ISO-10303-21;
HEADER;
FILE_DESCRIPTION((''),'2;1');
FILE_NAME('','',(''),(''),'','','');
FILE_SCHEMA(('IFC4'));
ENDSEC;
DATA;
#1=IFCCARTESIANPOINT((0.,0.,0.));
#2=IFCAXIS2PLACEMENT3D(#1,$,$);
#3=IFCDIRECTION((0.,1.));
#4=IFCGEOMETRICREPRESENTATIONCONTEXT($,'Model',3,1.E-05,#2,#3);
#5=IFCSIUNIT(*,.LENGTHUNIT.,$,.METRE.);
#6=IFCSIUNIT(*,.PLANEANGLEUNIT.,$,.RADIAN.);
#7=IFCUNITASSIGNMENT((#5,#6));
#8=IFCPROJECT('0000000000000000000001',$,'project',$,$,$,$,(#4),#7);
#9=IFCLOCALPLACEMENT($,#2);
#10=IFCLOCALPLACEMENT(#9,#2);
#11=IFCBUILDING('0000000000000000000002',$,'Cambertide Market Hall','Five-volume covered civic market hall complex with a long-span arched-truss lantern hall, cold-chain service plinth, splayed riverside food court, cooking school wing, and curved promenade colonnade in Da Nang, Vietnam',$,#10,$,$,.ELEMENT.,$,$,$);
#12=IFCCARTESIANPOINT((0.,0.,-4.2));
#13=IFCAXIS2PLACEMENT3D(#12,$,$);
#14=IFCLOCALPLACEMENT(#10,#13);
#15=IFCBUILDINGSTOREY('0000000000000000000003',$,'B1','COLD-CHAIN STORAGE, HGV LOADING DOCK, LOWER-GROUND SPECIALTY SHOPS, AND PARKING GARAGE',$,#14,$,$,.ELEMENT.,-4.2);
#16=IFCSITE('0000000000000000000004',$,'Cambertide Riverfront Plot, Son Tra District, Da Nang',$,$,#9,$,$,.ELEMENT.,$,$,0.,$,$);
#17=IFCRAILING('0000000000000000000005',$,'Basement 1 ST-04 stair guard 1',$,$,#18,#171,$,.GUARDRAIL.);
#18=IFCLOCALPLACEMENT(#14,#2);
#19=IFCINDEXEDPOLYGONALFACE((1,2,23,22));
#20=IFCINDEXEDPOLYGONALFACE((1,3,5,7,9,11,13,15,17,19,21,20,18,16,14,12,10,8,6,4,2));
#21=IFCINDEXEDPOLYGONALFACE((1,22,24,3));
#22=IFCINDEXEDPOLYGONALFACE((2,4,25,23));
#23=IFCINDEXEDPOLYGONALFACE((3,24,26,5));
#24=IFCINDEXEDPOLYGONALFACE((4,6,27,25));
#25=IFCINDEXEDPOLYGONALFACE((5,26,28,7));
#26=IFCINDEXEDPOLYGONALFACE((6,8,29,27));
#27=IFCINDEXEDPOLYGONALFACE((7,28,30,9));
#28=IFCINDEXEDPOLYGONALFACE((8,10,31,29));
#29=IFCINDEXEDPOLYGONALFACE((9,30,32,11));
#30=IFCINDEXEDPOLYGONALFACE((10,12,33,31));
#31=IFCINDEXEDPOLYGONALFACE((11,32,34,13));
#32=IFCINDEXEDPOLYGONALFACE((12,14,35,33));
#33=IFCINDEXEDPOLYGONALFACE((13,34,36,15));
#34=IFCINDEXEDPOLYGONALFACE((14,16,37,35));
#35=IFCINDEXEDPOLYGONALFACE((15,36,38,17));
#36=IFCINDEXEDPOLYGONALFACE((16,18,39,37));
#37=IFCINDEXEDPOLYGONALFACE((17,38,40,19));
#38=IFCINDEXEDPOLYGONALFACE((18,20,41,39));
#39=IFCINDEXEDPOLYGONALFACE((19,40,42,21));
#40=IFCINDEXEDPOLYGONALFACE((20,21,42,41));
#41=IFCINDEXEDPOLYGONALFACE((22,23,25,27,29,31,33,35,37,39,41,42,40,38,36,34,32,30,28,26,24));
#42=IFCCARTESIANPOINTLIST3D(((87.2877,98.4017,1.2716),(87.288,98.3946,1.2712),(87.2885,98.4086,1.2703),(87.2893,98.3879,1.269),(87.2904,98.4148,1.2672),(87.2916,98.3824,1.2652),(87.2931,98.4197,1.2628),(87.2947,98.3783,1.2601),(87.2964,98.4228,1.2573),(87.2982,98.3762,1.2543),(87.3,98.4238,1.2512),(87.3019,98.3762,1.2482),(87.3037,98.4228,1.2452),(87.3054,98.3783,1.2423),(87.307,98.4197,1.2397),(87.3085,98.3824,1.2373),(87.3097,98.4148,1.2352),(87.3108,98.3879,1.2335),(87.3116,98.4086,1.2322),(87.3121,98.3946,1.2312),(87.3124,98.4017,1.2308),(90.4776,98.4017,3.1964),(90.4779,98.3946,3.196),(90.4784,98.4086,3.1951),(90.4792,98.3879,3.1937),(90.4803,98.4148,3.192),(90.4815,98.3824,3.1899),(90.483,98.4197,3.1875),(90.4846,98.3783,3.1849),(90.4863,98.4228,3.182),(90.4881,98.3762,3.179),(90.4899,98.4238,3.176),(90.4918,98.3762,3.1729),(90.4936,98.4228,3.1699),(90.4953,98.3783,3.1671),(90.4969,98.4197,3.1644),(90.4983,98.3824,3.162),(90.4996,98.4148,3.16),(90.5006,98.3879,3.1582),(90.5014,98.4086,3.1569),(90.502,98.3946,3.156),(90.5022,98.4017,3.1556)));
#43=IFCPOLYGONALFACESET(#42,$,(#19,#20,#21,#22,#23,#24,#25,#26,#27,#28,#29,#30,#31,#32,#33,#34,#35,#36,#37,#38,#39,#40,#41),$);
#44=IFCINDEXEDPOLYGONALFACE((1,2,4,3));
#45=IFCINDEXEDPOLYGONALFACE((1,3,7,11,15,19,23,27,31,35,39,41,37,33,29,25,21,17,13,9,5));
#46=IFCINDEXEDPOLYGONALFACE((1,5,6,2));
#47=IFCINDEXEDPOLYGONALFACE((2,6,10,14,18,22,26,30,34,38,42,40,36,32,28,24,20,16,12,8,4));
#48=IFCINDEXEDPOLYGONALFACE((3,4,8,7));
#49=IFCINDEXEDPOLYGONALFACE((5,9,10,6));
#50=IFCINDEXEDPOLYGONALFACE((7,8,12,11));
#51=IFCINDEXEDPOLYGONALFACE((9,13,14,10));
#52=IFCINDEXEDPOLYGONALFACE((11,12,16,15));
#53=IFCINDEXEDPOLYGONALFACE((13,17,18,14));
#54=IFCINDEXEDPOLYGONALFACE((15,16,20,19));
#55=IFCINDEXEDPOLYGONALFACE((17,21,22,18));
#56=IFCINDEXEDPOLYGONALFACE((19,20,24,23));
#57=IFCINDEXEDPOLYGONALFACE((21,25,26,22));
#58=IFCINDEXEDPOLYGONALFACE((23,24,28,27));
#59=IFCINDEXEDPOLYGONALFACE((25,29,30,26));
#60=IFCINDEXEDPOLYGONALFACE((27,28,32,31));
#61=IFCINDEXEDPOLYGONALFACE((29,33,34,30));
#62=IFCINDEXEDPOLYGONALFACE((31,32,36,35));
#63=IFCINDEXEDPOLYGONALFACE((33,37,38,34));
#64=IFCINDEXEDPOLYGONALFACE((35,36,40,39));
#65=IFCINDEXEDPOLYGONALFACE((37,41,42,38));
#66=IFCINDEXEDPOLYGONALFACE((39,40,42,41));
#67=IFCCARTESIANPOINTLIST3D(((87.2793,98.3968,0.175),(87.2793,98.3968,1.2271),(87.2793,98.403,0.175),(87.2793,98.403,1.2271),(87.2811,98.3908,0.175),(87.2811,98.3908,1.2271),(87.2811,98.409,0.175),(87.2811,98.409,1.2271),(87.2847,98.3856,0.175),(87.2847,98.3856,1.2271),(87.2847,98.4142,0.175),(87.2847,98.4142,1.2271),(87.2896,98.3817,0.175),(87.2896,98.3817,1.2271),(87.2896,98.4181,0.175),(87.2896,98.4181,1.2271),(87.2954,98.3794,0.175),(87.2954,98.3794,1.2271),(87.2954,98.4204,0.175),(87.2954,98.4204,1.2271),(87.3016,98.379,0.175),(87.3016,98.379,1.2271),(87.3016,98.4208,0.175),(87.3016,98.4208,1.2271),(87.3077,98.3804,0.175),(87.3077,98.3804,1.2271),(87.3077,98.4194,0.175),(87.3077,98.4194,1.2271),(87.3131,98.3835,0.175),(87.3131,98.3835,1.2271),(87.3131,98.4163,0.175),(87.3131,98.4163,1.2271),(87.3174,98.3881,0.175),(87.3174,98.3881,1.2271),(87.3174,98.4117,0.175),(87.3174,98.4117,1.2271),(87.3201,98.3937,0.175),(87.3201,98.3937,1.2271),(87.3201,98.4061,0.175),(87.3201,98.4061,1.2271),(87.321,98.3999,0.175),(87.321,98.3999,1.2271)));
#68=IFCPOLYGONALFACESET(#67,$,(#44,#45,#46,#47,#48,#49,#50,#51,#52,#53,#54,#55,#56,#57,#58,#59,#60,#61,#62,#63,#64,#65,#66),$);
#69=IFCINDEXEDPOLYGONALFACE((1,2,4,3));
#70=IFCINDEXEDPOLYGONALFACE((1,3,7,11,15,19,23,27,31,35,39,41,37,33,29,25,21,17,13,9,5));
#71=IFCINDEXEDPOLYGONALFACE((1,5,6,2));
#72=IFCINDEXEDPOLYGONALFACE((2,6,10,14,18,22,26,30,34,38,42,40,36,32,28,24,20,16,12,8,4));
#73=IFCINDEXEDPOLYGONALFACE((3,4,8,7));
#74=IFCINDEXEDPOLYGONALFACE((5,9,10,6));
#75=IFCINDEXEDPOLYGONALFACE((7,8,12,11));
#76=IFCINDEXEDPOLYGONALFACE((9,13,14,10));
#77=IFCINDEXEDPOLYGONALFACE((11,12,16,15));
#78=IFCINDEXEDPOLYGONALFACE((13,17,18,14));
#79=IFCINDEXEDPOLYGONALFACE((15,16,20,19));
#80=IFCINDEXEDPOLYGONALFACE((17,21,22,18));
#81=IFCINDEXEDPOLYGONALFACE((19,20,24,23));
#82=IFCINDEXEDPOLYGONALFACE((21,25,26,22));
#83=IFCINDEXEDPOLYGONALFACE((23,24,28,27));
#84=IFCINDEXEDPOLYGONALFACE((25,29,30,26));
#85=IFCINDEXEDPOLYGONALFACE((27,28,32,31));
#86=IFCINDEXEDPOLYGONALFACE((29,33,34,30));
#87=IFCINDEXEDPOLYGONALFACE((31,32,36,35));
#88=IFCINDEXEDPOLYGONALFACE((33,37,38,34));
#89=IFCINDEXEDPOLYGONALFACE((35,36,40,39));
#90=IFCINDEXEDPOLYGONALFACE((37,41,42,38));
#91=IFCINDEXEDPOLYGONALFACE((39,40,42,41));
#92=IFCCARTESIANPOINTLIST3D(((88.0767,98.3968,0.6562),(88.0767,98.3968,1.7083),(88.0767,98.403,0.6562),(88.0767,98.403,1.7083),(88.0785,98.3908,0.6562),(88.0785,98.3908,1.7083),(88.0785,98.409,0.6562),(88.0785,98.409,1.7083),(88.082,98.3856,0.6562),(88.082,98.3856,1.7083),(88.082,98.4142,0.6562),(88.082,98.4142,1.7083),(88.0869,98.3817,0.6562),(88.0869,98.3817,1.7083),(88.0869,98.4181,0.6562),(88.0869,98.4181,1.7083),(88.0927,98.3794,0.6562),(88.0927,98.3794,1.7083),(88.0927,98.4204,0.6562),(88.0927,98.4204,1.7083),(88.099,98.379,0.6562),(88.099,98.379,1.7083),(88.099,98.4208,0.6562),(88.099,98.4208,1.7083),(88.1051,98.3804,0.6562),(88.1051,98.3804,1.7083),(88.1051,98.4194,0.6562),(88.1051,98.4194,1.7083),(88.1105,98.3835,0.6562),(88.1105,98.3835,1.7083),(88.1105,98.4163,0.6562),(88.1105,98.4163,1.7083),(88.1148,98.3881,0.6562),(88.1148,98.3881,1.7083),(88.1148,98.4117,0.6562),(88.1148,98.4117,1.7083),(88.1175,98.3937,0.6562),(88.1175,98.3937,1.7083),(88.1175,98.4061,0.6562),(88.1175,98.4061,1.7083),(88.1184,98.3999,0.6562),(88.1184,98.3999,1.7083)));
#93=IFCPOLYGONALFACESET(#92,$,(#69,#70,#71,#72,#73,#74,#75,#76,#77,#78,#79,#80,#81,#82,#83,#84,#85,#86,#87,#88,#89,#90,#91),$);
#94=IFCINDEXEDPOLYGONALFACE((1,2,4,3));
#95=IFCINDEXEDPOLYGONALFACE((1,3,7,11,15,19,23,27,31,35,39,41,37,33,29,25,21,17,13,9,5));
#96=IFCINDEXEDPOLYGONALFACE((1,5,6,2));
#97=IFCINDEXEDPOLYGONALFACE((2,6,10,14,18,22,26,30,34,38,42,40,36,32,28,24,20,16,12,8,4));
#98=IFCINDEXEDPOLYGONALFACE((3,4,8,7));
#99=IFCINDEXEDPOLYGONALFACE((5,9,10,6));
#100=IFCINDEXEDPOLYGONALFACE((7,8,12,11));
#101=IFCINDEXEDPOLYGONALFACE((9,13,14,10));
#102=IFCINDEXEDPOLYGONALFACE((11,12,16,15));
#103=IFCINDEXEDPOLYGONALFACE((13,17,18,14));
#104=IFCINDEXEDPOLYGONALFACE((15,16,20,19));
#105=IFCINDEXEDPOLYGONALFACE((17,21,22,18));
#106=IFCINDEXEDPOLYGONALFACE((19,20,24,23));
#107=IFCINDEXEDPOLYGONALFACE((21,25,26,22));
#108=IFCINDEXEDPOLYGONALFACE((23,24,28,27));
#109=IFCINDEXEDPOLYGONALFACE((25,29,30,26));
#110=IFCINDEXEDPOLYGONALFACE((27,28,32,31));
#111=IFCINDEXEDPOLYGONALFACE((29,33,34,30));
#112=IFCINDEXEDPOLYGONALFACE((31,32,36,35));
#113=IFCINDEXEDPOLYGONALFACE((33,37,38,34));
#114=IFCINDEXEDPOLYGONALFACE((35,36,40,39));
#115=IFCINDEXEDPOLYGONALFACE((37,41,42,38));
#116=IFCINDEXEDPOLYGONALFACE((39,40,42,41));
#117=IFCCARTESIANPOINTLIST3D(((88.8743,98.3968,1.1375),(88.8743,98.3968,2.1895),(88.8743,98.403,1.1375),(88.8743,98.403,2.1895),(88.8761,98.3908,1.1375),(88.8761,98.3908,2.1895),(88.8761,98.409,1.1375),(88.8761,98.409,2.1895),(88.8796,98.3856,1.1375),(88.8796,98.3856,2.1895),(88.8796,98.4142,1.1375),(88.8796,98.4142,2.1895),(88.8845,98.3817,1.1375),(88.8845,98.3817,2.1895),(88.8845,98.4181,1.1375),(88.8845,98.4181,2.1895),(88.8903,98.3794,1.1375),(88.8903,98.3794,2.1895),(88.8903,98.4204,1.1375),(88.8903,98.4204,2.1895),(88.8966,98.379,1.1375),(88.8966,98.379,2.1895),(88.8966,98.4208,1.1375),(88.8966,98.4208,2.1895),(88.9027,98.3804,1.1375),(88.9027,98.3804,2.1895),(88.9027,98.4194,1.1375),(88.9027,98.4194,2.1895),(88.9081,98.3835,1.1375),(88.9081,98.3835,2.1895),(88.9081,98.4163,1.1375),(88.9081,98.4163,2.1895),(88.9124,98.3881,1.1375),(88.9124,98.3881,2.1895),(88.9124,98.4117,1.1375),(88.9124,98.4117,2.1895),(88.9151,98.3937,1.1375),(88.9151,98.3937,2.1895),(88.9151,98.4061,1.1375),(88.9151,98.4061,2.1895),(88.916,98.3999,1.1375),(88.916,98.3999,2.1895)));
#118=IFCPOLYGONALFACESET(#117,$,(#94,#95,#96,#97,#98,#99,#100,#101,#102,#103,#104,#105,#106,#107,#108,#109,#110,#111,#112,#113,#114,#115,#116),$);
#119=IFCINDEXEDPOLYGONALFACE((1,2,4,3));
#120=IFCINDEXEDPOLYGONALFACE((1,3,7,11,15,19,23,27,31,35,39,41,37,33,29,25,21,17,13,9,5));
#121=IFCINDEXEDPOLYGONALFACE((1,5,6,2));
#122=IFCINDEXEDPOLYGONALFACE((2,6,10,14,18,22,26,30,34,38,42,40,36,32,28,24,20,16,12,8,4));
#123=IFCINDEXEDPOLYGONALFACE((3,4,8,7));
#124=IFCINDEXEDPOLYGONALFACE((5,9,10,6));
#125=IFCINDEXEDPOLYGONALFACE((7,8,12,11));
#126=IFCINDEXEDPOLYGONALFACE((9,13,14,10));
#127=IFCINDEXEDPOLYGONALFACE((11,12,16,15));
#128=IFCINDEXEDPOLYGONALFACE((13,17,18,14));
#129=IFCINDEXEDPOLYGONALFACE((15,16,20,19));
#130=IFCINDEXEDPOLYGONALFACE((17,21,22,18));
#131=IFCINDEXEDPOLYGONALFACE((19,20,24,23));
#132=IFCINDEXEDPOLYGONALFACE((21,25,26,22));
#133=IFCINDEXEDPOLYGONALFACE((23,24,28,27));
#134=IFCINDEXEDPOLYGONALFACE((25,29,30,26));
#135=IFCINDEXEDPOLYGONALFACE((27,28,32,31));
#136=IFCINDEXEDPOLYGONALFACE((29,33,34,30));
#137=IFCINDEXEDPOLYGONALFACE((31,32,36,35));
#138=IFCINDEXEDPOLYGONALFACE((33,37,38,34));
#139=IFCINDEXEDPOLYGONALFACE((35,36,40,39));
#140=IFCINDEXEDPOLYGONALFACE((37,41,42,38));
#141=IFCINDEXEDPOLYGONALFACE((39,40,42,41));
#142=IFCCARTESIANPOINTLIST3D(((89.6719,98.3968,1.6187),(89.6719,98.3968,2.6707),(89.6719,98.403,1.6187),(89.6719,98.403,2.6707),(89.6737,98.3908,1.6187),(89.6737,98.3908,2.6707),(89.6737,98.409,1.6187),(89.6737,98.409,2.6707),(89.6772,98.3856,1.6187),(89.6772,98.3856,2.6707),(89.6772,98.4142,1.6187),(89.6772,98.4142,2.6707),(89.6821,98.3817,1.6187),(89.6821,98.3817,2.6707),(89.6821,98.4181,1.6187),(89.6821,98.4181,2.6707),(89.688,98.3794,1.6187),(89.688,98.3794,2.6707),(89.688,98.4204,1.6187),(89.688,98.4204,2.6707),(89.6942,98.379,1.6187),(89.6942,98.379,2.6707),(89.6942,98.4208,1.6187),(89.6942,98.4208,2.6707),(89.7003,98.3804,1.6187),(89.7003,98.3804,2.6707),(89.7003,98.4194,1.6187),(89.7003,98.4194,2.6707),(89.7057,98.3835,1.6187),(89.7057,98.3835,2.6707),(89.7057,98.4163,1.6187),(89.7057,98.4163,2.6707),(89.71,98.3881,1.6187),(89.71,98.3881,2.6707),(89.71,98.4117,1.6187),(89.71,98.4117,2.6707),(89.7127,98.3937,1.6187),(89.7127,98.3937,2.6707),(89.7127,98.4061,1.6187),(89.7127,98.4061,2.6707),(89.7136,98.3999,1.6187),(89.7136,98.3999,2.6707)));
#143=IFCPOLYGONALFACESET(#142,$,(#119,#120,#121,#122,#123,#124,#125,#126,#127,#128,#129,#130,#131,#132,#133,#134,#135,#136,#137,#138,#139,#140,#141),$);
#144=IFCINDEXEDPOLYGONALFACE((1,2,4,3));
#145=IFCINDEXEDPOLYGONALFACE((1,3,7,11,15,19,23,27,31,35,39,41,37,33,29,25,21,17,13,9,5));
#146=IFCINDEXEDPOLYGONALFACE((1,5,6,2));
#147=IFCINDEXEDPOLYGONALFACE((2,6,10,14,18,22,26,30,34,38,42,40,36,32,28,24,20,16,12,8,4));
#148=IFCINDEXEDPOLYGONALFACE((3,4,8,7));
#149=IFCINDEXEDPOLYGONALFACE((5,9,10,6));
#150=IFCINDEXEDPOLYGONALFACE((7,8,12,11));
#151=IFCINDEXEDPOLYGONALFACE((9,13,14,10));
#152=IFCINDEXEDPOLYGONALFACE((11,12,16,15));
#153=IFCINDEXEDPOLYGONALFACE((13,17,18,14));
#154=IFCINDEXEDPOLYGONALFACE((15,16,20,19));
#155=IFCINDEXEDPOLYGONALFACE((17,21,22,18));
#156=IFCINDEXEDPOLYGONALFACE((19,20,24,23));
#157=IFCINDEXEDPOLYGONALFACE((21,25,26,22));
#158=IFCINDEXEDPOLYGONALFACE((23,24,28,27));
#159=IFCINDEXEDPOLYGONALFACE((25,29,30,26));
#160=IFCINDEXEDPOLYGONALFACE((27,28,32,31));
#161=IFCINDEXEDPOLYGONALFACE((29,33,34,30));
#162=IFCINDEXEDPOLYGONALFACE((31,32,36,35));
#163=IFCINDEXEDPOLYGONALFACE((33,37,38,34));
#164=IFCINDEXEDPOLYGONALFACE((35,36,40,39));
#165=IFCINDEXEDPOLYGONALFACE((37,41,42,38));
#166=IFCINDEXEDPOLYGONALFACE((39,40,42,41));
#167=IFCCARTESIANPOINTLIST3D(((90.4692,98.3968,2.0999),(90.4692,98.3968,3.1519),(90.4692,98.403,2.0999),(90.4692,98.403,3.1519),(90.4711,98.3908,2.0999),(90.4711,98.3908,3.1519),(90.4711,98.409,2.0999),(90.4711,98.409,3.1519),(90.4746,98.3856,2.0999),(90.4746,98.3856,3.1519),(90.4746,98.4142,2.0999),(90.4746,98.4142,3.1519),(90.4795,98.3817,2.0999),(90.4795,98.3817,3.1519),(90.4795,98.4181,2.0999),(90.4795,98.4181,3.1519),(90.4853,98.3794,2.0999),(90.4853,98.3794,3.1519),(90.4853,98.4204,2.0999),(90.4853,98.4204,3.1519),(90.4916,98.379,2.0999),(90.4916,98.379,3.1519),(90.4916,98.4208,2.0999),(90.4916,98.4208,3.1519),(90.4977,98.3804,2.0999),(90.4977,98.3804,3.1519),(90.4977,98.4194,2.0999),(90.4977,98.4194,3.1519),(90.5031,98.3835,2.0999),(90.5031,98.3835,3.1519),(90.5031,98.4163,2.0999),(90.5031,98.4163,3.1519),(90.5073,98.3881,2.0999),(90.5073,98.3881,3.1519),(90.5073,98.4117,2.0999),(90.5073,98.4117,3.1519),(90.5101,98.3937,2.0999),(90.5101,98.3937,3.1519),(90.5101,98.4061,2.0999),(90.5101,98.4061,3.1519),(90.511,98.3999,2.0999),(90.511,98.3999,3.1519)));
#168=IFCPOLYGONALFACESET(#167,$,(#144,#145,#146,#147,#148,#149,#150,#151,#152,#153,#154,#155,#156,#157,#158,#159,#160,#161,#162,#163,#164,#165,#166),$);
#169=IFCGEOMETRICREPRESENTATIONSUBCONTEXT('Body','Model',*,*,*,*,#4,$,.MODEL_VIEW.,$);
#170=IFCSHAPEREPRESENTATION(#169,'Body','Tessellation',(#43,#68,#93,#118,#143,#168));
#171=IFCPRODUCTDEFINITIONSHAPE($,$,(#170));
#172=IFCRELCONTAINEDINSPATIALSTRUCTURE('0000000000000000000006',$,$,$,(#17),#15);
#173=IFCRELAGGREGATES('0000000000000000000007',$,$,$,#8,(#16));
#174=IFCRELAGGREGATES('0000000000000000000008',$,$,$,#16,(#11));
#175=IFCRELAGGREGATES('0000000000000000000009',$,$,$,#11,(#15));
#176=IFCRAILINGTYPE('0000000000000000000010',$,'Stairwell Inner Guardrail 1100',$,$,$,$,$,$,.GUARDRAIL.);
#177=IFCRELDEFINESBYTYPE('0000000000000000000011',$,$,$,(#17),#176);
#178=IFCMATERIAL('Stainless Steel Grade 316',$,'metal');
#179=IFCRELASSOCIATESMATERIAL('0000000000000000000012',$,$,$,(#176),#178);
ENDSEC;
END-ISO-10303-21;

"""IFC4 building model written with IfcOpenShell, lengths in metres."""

from ifc_helpers import new_model, si_unit, direction, frame, origin, origin_2d, place, context, subcontext, project, spatial, circle, extrude, material, type_object, element, save


model = new_model("IFC4")

# Units and contexts
model_context = context("Model", 3, precision=1e-05, world=origin(), true_north=direction((0.0, 1.0)))
body_context = subcontext(model_context, "Body", "Model", "MODEL_VIEW")
ifc_project = project(units=[si_unit("LENGTHUNIT", "METRE"), si_unit("PLANEANGLEUNIT", "RADIAN")], contexts=[model_context])

# Site, building, storey
site_placement = place(None, origin())
site = spatial("IfcSite", under=ifc_project, at=site_placement, Name="Cambertide Riverfront Plot, Son Tra District, Da Nang", CompositionType="ELEMENT", RefElevation=0.0)
building_placement = place(site_placement, origin())
building = spatial("IfcBuilding", under=site, at=building_placement, Name="Cambertide Market Hall", Description="Five-volume covered civic market hall complex with a long-span arched-truss lantern hall, cold-chain service plinth, splayed riverside food court, cooking school wing, and curved promenade colonnade in Da Nang, Vietnam", CompositionType="ELEMENT")
storey_placement = place(building_placement, frame((0.0, 0.0, -4.2)))
storey = spatial("IfcBuildingStorey", under=building, at=storey_placement, Name="B1", Description="COLD-CHAIN STORAGE, HGV LOADING DOCK, LOWER-GROUND SPECIALTY SHOPS, AND PARKING GARAGE", CompositionType="ELEMENT", Elevation=-4.2)

# Railing
ifc_material_1 = material(Name="Stainless Steel Grade 316", Category="metal")
railing_type_1 = type_object("IfcRailingType", Name="Stairwell Inner Guardrail 1100", PredefinedType="GUARDRAIL", material=ifc_material_1)
railing_1_placement = place(storey_placement, frame((87.3, 98.3999, 0.175)))
element("IfcRailing", 1, at=railing_1_placement, inside=storey, type_object=railing_type_1, Name="Basement 1 ST-04 stair guard 1", PredefinedType="GUARDRAIL", context=body_context, shape_type="SweptSolid", body=[
    extrude(circle(Radius=0.0239, at=origin_2d()), frame((0.0, 0.0, 1.0762), z_axis=(0.856207, 0.0, 0.516633), x_axis=(0.0, 1.0, 0.0)), (0.0, 0.0, 1.0), 3.7256),
    extrude(circle(Radius=0.021, at=origin_2d()), origin(), (0.0, 0.0, 1.0), 1.052),
    extrude(circle(Radius=0.021, at=origin_2d()), frame((0.7974, 0.0, 0.4812)), (0.0, 0.0, 1.0), 1.052),
    extrude(circle(Radius=0.021, at=origin_2d()), frame((1.595, 0.0, 0.9624)), (0.0, 0.0, 1.0), 1.052),
    extrude(circle(Radius=0.021, at=origin_2d()), frame((2.3926, 0.0, 1.4436)), (0.0, 0.0, 1.0), 1.052),
    extrude(circle(Radius=0.021, at=origin_2d()), frame((3.1899, 0.0, 1.9248)), (0.0, 0.0, 1.0), 1.052),
])

save(model, "model.ifc")
